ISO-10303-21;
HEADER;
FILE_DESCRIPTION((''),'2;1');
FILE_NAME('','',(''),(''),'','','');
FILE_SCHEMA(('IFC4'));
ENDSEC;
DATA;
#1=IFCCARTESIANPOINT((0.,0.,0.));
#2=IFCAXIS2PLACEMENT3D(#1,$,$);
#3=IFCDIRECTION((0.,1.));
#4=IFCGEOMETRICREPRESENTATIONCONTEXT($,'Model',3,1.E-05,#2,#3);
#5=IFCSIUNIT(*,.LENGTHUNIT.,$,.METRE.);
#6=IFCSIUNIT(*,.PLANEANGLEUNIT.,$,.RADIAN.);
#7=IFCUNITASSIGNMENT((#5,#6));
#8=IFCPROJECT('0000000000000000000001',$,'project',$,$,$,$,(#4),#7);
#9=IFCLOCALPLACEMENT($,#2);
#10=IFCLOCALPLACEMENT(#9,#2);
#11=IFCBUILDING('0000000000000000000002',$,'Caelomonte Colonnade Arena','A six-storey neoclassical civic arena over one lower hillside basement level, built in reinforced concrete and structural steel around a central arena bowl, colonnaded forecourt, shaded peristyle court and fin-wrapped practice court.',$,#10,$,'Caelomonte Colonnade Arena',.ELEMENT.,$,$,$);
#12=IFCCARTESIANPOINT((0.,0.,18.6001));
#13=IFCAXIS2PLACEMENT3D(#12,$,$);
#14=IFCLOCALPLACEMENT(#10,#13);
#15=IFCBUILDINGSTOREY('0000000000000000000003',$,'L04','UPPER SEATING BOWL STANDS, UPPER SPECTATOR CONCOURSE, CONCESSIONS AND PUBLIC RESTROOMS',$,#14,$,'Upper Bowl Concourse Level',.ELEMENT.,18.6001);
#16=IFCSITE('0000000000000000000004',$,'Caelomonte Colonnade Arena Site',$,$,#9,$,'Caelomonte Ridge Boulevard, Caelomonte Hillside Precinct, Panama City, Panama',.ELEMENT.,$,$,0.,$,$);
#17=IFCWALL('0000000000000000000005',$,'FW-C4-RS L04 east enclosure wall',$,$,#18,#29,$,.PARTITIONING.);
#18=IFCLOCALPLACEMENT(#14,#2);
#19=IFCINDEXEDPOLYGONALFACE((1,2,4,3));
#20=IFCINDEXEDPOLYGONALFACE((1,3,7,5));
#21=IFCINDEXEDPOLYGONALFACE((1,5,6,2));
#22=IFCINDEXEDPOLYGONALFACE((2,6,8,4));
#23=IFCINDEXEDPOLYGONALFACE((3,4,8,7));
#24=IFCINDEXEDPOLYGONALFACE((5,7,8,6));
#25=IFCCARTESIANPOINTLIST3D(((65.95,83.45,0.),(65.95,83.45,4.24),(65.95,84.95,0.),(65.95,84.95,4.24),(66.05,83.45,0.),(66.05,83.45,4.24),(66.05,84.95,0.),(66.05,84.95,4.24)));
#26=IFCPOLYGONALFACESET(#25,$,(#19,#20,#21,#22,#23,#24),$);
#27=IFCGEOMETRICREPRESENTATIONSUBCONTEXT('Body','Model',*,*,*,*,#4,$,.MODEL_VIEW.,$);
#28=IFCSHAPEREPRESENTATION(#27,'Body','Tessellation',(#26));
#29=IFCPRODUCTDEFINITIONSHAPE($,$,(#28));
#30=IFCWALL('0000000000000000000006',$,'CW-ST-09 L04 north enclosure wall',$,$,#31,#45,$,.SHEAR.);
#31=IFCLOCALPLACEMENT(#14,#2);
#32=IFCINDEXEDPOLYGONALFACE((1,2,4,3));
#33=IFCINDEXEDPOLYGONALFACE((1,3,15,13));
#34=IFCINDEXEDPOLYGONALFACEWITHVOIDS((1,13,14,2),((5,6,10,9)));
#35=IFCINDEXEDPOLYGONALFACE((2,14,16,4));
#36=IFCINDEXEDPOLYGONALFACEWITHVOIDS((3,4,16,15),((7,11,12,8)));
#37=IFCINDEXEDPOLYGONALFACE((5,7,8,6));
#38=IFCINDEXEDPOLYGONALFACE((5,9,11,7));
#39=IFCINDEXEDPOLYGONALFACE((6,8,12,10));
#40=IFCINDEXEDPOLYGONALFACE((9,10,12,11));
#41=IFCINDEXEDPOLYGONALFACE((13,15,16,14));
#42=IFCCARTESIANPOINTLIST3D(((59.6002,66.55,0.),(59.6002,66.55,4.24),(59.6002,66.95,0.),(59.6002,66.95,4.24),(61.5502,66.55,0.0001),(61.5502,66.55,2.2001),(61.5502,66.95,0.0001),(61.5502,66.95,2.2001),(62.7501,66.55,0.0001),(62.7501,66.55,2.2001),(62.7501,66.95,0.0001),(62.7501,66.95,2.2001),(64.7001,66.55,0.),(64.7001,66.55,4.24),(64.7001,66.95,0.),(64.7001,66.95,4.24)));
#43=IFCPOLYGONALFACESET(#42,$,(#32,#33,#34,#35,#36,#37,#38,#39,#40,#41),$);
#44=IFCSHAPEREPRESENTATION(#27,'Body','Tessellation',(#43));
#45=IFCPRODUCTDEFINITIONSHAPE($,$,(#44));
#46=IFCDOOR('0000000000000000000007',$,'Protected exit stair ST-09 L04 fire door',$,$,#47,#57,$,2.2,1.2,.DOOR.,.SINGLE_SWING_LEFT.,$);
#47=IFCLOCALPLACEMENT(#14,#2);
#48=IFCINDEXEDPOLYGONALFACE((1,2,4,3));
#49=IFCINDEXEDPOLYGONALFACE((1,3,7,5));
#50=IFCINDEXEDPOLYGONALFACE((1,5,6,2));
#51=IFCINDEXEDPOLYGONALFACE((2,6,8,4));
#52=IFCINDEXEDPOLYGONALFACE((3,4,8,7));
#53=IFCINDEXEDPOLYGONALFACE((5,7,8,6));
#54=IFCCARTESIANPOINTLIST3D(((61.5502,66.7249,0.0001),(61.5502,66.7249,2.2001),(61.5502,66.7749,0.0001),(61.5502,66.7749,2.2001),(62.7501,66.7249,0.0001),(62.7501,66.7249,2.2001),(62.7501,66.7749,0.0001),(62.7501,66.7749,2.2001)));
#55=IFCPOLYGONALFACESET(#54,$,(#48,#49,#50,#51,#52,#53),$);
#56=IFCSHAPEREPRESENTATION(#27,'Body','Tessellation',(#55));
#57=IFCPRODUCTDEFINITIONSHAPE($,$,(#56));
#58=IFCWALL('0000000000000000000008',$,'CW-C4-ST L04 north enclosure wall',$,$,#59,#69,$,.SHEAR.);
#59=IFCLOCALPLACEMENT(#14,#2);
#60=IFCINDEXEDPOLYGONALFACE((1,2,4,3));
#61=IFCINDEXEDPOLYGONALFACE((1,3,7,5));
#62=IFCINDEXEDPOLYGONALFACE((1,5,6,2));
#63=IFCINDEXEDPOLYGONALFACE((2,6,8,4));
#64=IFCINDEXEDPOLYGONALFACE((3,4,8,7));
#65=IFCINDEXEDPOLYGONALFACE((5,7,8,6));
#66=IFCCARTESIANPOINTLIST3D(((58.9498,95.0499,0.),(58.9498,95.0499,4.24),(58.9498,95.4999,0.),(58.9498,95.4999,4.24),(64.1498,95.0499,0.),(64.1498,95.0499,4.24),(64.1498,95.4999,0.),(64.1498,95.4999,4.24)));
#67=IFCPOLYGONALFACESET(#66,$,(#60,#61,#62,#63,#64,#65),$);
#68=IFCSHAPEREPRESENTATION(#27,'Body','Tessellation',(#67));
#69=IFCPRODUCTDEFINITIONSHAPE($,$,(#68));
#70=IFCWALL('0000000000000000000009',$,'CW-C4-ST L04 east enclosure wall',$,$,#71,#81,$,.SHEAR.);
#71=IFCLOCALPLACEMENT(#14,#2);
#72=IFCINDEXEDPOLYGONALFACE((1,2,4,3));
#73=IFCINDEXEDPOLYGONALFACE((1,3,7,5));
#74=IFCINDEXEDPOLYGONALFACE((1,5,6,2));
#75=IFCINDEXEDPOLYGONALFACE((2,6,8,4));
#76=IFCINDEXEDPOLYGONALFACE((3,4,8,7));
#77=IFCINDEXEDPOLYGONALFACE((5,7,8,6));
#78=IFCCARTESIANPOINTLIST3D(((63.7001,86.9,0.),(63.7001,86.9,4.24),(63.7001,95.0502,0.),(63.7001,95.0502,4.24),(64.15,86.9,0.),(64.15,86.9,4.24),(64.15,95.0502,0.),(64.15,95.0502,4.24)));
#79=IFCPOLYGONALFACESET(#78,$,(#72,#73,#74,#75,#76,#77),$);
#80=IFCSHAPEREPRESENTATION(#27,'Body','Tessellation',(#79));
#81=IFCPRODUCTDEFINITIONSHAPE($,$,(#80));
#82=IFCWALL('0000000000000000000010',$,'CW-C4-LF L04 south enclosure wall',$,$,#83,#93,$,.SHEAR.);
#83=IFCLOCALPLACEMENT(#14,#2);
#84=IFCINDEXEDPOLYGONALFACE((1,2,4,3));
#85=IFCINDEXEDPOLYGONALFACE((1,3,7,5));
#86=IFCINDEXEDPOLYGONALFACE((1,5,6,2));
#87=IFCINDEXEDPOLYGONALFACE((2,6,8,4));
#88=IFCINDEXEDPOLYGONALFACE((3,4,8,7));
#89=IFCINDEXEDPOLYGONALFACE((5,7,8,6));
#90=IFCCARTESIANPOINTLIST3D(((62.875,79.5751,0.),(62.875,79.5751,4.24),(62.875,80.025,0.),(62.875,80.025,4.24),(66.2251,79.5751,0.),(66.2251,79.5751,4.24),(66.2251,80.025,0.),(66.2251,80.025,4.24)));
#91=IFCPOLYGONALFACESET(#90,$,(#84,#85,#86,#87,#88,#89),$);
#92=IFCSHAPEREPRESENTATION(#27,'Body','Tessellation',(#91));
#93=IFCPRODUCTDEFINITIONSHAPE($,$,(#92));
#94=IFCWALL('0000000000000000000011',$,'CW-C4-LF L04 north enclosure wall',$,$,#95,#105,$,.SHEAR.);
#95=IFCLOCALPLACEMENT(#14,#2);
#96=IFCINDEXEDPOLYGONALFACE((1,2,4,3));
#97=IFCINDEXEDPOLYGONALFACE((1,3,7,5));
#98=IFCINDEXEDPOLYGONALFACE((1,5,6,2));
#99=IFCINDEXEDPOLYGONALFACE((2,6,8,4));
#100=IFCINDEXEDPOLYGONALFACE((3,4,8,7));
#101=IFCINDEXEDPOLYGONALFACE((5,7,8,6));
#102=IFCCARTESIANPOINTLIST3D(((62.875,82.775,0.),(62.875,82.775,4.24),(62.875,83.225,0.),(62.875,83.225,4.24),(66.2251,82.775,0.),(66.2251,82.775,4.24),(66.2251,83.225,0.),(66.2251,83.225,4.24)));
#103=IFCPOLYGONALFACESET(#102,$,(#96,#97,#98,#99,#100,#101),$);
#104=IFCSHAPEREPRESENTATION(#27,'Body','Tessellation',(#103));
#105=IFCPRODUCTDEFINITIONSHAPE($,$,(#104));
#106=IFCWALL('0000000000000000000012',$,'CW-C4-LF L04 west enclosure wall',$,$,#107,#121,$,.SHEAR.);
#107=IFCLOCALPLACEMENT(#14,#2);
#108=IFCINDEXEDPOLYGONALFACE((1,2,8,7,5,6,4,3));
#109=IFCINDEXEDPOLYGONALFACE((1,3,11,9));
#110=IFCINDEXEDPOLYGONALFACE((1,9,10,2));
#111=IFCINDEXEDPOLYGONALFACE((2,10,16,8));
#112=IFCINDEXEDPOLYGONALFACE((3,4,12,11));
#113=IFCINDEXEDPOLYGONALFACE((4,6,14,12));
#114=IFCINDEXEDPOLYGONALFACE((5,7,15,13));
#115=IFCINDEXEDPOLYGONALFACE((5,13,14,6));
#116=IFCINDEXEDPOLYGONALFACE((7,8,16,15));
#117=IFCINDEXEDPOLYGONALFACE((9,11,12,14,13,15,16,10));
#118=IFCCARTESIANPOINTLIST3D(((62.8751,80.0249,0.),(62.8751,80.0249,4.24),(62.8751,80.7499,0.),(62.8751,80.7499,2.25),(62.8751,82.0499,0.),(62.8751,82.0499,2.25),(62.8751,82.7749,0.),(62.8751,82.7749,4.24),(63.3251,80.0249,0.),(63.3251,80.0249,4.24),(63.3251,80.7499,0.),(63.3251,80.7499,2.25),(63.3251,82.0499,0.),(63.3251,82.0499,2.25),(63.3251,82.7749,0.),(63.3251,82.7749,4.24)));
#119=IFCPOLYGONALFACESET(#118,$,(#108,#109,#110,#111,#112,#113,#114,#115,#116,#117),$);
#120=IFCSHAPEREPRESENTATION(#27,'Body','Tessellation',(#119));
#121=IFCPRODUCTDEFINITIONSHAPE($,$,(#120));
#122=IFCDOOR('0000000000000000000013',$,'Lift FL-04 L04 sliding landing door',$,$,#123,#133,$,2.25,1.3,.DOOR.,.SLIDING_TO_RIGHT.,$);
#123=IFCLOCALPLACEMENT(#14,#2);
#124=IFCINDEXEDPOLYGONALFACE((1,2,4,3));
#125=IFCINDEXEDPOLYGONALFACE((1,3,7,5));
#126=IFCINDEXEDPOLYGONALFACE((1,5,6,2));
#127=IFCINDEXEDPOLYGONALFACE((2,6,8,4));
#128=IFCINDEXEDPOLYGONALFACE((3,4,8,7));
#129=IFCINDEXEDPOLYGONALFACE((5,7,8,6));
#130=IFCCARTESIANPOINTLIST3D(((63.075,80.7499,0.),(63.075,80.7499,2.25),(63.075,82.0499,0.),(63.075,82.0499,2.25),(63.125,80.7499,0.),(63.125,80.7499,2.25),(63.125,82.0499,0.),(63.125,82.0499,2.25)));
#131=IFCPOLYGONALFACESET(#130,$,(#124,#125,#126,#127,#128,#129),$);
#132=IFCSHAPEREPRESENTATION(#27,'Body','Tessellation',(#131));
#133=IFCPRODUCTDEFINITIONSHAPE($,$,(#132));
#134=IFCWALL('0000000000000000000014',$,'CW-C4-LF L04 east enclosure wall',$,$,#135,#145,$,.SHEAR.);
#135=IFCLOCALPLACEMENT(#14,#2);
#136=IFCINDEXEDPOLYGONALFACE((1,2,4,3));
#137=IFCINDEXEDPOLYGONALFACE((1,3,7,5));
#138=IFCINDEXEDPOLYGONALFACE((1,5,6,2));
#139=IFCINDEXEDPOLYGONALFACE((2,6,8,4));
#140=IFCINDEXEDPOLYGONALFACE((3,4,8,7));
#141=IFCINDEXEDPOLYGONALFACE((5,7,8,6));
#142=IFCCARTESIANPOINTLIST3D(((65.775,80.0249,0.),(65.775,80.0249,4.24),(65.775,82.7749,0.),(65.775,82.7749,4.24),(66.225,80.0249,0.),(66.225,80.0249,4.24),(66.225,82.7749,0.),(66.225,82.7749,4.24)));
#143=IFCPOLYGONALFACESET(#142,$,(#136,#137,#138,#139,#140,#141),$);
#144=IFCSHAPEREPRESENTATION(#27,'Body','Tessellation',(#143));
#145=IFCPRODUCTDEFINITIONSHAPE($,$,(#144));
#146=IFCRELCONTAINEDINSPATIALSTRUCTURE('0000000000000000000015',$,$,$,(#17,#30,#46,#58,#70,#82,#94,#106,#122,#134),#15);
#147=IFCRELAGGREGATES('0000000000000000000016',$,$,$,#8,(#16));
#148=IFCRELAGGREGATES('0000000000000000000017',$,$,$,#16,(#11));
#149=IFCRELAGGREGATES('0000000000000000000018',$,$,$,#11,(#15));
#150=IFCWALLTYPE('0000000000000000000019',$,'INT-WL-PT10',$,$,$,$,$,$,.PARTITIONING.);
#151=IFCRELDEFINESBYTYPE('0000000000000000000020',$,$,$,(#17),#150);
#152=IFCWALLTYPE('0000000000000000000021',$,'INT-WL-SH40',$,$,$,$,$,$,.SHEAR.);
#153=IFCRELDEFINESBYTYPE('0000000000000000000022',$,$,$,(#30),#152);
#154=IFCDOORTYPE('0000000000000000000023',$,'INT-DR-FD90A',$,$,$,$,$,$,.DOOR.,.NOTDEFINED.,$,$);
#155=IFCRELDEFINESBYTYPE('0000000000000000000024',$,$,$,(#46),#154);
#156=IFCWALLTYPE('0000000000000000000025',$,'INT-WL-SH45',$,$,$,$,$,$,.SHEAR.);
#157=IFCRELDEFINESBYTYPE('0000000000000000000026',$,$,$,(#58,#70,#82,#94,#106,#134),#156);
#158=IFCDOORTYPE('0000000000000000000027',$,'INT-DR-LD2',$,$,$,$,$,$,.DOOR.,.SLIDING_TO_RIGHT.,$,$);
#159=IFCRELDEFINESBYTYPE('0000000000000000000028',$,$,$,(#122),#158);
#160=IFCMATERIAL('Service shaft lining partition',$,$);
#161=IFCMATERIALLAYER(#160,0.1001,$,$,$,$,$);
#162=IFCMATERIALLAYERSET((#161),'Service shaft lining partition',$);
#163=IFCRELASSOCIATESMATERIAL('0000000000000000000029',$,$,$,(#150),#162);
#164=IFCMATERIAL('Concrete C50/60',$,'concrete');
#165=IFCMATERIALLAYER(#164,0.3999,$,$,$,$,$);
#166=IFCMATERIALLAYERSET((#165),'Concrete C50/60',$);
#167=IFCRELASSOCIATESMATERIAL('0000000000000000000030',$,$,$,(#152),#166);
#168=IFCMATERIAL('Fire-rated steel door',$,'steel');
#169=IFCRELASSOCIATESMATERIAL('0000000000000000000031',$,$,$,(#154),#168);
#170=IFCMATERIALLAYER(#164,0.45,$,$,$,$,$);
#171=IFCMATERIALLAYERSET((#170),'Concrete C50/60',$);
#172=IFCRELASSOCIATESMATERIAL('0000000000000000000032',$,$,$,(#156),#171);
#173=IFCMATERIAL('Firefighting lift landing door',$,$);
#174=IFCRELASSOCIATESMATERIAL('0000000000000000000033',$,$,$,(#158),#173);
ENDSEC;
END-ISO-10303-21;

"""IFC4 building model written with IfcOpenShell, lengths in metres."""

from ifc_helpers import new_model, si_unit, direction, frame, frame_2d, origin, place, context, subcontext, project, spatial, rectangle, extrude, material, layer, layer_set, type_object, element, fill, save


model = new_model("IFC4")

# Units and contexts
model_context = context("Model", 3, precision=1e-05, world=origin(), true_north=direction((0.0, 1.0)))
body_context = subcontext(model_context, "Body", "Model", "MODEL_VIEW")
ifc_project = project(units=[si_unit("LENGTHUNIT", "METRE"), si_unit("PLANEANGLEUNIT", "RADIAN")], contexts=[model_context])

# Site, building, storey
site_placement = place(None, origin())
site = spatial("IfcSite", under=ifc_project, at=site_placement, Name="Caelomonte Colonnade Arena Site", LongName="Caelomonte Ridge Boulevard, Caelomonte Hillside Precinct, Panama City, Panama", CompositionType="ELEMENT", RefElevation=0.0)
building_placement = place(site_placement, origin())
building = spatial("IfcBuilding", under=site, at=building_placement, Name="Caelomonte Colonnade Arena", Description="A six-storey neoclassical civic arena over one lower hillside basement level, built in reinforced concrete and structural steel around a central arena bowl, colonnaded forecourt, shaded peristyle court and fin-wrapped practice court.", LongName="Caelomonte Colonnade Arena", CompositionType="ELEMENT")
storey_placement = place(building_placement, frame((0.0, 0.0, 18.6001)))
storey = spatial("IfcBuildingStorey", under=building, at=storey_placement, Name="L04", Description="UPPER SEATING BOWL STANDS, UPPER SPECTATOR CONCOURSE, CONCESSIONS AND PUBLIC RESTROOMS", LongName="Upper Bowl Concourse Level", CompositionType="ELEMENT", Elevation=18.6001)

# Wall
ifc_material_1 = material(Name="Service shaft lining partition")
ifc_layer_1 = layer(ifc_material_1, 0.1001)
ifc_layer_set_1 = layer_set([ifc_layer_1], Name="Service shaft lining partition")
wall_type_1 = type_object("IfcWallType", Name="INT-WL-PT10", PredefinedType="PARTITIONING", material=ifc_layer_set_1)
for number, where, z_axis, x_axis, name in (
    (1, (66.0, 83.45, 0.0), (0.0, 0.0, 1.0), (0.0, 1.0, 0.0), "FW-C4-RS L04 east enclosure wall"),
):
    element("IfcWall", number, at=place(storey_placement, frame(where, z_axis=z_axis, x_axis=x_axis)), inside=storey, type_object=wall_type_1, Name=name, PredefinedType="PARTITIONING", context=body_context, shape_type="SweptSolid", body=[
        extrude(rectangle(XDim=1.5, YDim=0.1001, at=frame_2d((0.75, 0.0))), origin(), (0.0, 0.0, 1.0), 4.24),
    ])

# Wall, opening, door
ifc_material_2 = material(Name="Concrete C50/60", Category="concrete")
ifc_layer_2 = layer(ifc_material_2, 0.3999)
ifc_layer_set_2 = layer_set([ifc_layer_2], Name="Concrete C50/60")
wall_type_2 = type_object("IfcWallType", Name="INT-WL-SH40", PredefinedType="SHEAR", material=ifc_layer_set_2)
wall_1_placement = place(storey_placement, frame((64.7, 66.75, 0.0), z_axis=(0.0, 0.0, 1.0), x_axis=(-1.0, 0.0, 0.0)))
wall_1 = element("IfcWall", 2, at=wall_1_placement, inside=storey, type_object=wall_type_2, Name="CW-ST-09 L04 north enclosure wall", PredefinedType="SHEAR", context=body_context, shape_type="SweptSolid", body=[
    extrude(rectangle(XDim=5.0999, YDim=0.3999, at=frame_2d((2.5498, 0.0))), origin(), (0.0, 0.0, 1.0), 4.24),
])
opening_1_placement = place(wall_1_placement, frame((3.1499, 0.0, 0.0), z_axis=(0.0, 0.0, 1.0), x_axis=(-1.0, 0.0, 0.0)))
opening_1 = element("IfcOpeningElement", 3, at=opening_1_placement, cuts=wall_1, PredefinedType="OPENING", context=body_context, shape_type="SweptSolid", body=[
    extrude(rectangle(XDim=1.2, YDim=2.2, at=frame_2d((0.6001, 1.1001))), frame((0.0, 0.21, 0.0), z_axis=(0.0, -1.0, 0.0), x_axis=(1.0, 0.0, 0.0)), (0.0, 0.0, 1.0), 0.4199),
])
ifc_material_3 = material(Name="Fire-rated steel door", Category="steel")
door_type_1 = type_object("IfcDoorType", Name="INT-DR-FD90A", OperationType="NOTDEFINED", PredefinedType="DOOR", material=ifc_material_3)
door_1_placement = place(opening_1_placement, origin())
door_1 = element("IfcDoor", 4, at=door_1_placement, inside=storey, type_object=door_type_1, Name="Protected exit stair ST-09 L04 fire door", OperationType="SINGLE_SWING_LEFT", OverallHeight=2.2, OverallWidth=1.2, PredefinedType="DOOR", context=body_context, shape_type="SweptSolid", body=[
    extrude(rectangle(XDim=1.2, YDim=2.2, at=frame_2d((0.6001, 1.1001))), frame((0.0, 0.0249, 0.0), z_axis=(0.0, -1.0, 0.0), x_axis=(1.0, 0.0, 0.0)), (0.0, 0.0, 1.0), 0.05),
])
fill(opening_1, door_1)

# Walls
ifc_layer_3 = layer(ifc_material_2, 0.45)
ifc_layer_set_3 = layer_set([ifc_layer_3], Name="Concrete C50/60")
wall_type_3 = type_object("IfcWallType", Name="INT-WL-SH45", PredefinedType="SHEAR", material=ifc_layer_set_3)
wall_2_placement = place(storey_placement, frame((64.1499, 95.2749, 0.0), z_axis=(0.0, 0.0, 1.0), x_axis=(-1.0, 0.0, 0.0)))
element("IfcWall", 5, at=wall_2_placement, inside=storey, type_object=wall_type_3, Name="CW-C4-ST L04 north enclosure wall", PredefinedType="SHEAR", context=body_context, shape_type="SweptSolid", body=[
    extrude(rectangle(XDim=5.2, YDim=0.45, at=frame_2d((2.6001, 0.0))), origin(), (0.0, 0.0, 1.0), 4.24),
])
wall_3_placement = place(storey_placement, frame((63.925, 86.8999, 0.0), z_axis=(0.0, 0.0, 1.0), x_axis=(0.0, 1.0, 0.0)))
element("IfcWall", 6, at=wall_3_placement, inside=storey, type_object=wall_type_3, Name="CW-C4-ST L04 east enclosure wall", PredefinedType="SHEAR", context=body_context, shape_type="SweptSolid", body=[
    extrude(rectangle(XDim=8.1501, YDim=0.45, at=frame_2d((4.0752, 0.0))), origin(), (0.0, 0.0, 1.0), 4.24),
])
for number, where, z_axis, x_axis, name in (
    (7, (62.875, 79.8, 0.0), (0.0, 0.0, 1.0), (1.0, 0.0, 0.0), "CW-C4-LF L04 south enclosure wall"),
    (8, (66.2251, 83.0, 0.0), (0.0, 0.0, 1.0), (-1.0, 0.0, 0.0), "CW-C4-LF L04 north enclosure wall"),
):
    element("IfcWall", number, at=place(storey_placement, frame(where, z_axis=z_axis, x_axis=x_axis)), inside=storey, type_object=wall_type_3, Name=name, PredefinedType="SHEAR", context=body_context, shape_type="SweptSolid", body=[
        extrude(rectangle(XDim=3.3501, YDim=0.45, at=frame_2d((1.675, 0.0))), origin(), (0.0, 0.0, 1.0), 4.24),
    ])

# Wall, opening, door
wall_4_placement = place(storey_placement, frame((63.1001, 82.7749, 0.0), z_axis=(0.0, 0.0, 1.0), x_axis=(0.0, -1.0, 0.0)))
wall_4 = element("IfcWall", 9, at=wall_4_placement, inside=storey, type_object=wall_type_3, Name="CW-C4-LF L04 west enclosure wall", PredefinedType="SHEAR", context=body_context, shape_type="SweptSolid", body=[
    extrude(rectangle(XDim=2.75, YDim=0.45, at=frame_2d((1.375, 0.0))), origin(), (0.0, 0.0, 1.0), 4.24),
])
opening_2_placement = place(wall_4_placement, frame((0.7251, 0.0, 0.0), z_axis=(0.0, 0.0, 1.0), x_axis=(1.0, 0.0, 0.0)))
opening_2 = element("IfcOpeningElement", 10, at=opening_2_placement, cuts=wall_4, PredefinedType="OPENING", context=body_context, shape_type="SweptSolid", body=[
    extrude(rectangle(XDim=1.3, YDim=2.25, at=frame_2d((0.6499, 1.125))), frame((0.0, 0.2349, 0.0), z_axis=(0.0, -1.0, 0.0), x_axis=(1.0, 0.0, 0.0)), (0.0, 0.0, 1.0), 0.47),
])
ifc_material_4 = material(Name="Firefighting lift landing door")
door_type_2 = type_object("IfcDoorType", Name="INT-DR-LD2", OperationType="SLIDING_TO_RIGHT", PredefinedType="DOOR", material=ifc_material_4)
door_2_placement = place(opening_2_placement, origin())
door_2 = element("IfcDoor", 11, at=door_2_placement, inside=storey, type_object=door_type_2, Name="Lift FL-04 L04 sliding landing door", OperationType="SLIDING_TO_RIGHT", OverallHeight=2.25, OverallWidth=1.3, PredefinedType="DOOR", context=body_context, shape_type="SweptSolid", body=[
    extrude(rectangle(XDim=1.3, YDim=2.25, at=frame_2d((0.6499, 1.125))), frame((0.0, 0.0249, 0.0), z_axis=(0.0, -1.0, 0.0), x_axis=(1.0, 0.0, 0.0)), (0.0, 0.0, 1.0), 0.05),
])
fill(opening_2, door_2)

# Wall
wall_5_placement = place(storey_placement, frame((66.0, 80.0249, 0.0), z_axis=(0.0, 0.0, 1.0), x_axis=(0.0, 1.0, 0.0)))
element("IfcWall", 12, at=wall_5_placement, inside=storey, type_object=wall_type_3, Name="CW-C4-LF L04 east enclosure wall", PredefinedType="SHEAR", context=body_context, shape_type="SweptSolid", body=[
    extrude(rectangle(XDim=2.75, YDim=0.45, at=frame_2d((1.375, 0.0))), origin(), (0.0, 0.0, 1.0), 4.24),
])

save(model, "model.ifc")
